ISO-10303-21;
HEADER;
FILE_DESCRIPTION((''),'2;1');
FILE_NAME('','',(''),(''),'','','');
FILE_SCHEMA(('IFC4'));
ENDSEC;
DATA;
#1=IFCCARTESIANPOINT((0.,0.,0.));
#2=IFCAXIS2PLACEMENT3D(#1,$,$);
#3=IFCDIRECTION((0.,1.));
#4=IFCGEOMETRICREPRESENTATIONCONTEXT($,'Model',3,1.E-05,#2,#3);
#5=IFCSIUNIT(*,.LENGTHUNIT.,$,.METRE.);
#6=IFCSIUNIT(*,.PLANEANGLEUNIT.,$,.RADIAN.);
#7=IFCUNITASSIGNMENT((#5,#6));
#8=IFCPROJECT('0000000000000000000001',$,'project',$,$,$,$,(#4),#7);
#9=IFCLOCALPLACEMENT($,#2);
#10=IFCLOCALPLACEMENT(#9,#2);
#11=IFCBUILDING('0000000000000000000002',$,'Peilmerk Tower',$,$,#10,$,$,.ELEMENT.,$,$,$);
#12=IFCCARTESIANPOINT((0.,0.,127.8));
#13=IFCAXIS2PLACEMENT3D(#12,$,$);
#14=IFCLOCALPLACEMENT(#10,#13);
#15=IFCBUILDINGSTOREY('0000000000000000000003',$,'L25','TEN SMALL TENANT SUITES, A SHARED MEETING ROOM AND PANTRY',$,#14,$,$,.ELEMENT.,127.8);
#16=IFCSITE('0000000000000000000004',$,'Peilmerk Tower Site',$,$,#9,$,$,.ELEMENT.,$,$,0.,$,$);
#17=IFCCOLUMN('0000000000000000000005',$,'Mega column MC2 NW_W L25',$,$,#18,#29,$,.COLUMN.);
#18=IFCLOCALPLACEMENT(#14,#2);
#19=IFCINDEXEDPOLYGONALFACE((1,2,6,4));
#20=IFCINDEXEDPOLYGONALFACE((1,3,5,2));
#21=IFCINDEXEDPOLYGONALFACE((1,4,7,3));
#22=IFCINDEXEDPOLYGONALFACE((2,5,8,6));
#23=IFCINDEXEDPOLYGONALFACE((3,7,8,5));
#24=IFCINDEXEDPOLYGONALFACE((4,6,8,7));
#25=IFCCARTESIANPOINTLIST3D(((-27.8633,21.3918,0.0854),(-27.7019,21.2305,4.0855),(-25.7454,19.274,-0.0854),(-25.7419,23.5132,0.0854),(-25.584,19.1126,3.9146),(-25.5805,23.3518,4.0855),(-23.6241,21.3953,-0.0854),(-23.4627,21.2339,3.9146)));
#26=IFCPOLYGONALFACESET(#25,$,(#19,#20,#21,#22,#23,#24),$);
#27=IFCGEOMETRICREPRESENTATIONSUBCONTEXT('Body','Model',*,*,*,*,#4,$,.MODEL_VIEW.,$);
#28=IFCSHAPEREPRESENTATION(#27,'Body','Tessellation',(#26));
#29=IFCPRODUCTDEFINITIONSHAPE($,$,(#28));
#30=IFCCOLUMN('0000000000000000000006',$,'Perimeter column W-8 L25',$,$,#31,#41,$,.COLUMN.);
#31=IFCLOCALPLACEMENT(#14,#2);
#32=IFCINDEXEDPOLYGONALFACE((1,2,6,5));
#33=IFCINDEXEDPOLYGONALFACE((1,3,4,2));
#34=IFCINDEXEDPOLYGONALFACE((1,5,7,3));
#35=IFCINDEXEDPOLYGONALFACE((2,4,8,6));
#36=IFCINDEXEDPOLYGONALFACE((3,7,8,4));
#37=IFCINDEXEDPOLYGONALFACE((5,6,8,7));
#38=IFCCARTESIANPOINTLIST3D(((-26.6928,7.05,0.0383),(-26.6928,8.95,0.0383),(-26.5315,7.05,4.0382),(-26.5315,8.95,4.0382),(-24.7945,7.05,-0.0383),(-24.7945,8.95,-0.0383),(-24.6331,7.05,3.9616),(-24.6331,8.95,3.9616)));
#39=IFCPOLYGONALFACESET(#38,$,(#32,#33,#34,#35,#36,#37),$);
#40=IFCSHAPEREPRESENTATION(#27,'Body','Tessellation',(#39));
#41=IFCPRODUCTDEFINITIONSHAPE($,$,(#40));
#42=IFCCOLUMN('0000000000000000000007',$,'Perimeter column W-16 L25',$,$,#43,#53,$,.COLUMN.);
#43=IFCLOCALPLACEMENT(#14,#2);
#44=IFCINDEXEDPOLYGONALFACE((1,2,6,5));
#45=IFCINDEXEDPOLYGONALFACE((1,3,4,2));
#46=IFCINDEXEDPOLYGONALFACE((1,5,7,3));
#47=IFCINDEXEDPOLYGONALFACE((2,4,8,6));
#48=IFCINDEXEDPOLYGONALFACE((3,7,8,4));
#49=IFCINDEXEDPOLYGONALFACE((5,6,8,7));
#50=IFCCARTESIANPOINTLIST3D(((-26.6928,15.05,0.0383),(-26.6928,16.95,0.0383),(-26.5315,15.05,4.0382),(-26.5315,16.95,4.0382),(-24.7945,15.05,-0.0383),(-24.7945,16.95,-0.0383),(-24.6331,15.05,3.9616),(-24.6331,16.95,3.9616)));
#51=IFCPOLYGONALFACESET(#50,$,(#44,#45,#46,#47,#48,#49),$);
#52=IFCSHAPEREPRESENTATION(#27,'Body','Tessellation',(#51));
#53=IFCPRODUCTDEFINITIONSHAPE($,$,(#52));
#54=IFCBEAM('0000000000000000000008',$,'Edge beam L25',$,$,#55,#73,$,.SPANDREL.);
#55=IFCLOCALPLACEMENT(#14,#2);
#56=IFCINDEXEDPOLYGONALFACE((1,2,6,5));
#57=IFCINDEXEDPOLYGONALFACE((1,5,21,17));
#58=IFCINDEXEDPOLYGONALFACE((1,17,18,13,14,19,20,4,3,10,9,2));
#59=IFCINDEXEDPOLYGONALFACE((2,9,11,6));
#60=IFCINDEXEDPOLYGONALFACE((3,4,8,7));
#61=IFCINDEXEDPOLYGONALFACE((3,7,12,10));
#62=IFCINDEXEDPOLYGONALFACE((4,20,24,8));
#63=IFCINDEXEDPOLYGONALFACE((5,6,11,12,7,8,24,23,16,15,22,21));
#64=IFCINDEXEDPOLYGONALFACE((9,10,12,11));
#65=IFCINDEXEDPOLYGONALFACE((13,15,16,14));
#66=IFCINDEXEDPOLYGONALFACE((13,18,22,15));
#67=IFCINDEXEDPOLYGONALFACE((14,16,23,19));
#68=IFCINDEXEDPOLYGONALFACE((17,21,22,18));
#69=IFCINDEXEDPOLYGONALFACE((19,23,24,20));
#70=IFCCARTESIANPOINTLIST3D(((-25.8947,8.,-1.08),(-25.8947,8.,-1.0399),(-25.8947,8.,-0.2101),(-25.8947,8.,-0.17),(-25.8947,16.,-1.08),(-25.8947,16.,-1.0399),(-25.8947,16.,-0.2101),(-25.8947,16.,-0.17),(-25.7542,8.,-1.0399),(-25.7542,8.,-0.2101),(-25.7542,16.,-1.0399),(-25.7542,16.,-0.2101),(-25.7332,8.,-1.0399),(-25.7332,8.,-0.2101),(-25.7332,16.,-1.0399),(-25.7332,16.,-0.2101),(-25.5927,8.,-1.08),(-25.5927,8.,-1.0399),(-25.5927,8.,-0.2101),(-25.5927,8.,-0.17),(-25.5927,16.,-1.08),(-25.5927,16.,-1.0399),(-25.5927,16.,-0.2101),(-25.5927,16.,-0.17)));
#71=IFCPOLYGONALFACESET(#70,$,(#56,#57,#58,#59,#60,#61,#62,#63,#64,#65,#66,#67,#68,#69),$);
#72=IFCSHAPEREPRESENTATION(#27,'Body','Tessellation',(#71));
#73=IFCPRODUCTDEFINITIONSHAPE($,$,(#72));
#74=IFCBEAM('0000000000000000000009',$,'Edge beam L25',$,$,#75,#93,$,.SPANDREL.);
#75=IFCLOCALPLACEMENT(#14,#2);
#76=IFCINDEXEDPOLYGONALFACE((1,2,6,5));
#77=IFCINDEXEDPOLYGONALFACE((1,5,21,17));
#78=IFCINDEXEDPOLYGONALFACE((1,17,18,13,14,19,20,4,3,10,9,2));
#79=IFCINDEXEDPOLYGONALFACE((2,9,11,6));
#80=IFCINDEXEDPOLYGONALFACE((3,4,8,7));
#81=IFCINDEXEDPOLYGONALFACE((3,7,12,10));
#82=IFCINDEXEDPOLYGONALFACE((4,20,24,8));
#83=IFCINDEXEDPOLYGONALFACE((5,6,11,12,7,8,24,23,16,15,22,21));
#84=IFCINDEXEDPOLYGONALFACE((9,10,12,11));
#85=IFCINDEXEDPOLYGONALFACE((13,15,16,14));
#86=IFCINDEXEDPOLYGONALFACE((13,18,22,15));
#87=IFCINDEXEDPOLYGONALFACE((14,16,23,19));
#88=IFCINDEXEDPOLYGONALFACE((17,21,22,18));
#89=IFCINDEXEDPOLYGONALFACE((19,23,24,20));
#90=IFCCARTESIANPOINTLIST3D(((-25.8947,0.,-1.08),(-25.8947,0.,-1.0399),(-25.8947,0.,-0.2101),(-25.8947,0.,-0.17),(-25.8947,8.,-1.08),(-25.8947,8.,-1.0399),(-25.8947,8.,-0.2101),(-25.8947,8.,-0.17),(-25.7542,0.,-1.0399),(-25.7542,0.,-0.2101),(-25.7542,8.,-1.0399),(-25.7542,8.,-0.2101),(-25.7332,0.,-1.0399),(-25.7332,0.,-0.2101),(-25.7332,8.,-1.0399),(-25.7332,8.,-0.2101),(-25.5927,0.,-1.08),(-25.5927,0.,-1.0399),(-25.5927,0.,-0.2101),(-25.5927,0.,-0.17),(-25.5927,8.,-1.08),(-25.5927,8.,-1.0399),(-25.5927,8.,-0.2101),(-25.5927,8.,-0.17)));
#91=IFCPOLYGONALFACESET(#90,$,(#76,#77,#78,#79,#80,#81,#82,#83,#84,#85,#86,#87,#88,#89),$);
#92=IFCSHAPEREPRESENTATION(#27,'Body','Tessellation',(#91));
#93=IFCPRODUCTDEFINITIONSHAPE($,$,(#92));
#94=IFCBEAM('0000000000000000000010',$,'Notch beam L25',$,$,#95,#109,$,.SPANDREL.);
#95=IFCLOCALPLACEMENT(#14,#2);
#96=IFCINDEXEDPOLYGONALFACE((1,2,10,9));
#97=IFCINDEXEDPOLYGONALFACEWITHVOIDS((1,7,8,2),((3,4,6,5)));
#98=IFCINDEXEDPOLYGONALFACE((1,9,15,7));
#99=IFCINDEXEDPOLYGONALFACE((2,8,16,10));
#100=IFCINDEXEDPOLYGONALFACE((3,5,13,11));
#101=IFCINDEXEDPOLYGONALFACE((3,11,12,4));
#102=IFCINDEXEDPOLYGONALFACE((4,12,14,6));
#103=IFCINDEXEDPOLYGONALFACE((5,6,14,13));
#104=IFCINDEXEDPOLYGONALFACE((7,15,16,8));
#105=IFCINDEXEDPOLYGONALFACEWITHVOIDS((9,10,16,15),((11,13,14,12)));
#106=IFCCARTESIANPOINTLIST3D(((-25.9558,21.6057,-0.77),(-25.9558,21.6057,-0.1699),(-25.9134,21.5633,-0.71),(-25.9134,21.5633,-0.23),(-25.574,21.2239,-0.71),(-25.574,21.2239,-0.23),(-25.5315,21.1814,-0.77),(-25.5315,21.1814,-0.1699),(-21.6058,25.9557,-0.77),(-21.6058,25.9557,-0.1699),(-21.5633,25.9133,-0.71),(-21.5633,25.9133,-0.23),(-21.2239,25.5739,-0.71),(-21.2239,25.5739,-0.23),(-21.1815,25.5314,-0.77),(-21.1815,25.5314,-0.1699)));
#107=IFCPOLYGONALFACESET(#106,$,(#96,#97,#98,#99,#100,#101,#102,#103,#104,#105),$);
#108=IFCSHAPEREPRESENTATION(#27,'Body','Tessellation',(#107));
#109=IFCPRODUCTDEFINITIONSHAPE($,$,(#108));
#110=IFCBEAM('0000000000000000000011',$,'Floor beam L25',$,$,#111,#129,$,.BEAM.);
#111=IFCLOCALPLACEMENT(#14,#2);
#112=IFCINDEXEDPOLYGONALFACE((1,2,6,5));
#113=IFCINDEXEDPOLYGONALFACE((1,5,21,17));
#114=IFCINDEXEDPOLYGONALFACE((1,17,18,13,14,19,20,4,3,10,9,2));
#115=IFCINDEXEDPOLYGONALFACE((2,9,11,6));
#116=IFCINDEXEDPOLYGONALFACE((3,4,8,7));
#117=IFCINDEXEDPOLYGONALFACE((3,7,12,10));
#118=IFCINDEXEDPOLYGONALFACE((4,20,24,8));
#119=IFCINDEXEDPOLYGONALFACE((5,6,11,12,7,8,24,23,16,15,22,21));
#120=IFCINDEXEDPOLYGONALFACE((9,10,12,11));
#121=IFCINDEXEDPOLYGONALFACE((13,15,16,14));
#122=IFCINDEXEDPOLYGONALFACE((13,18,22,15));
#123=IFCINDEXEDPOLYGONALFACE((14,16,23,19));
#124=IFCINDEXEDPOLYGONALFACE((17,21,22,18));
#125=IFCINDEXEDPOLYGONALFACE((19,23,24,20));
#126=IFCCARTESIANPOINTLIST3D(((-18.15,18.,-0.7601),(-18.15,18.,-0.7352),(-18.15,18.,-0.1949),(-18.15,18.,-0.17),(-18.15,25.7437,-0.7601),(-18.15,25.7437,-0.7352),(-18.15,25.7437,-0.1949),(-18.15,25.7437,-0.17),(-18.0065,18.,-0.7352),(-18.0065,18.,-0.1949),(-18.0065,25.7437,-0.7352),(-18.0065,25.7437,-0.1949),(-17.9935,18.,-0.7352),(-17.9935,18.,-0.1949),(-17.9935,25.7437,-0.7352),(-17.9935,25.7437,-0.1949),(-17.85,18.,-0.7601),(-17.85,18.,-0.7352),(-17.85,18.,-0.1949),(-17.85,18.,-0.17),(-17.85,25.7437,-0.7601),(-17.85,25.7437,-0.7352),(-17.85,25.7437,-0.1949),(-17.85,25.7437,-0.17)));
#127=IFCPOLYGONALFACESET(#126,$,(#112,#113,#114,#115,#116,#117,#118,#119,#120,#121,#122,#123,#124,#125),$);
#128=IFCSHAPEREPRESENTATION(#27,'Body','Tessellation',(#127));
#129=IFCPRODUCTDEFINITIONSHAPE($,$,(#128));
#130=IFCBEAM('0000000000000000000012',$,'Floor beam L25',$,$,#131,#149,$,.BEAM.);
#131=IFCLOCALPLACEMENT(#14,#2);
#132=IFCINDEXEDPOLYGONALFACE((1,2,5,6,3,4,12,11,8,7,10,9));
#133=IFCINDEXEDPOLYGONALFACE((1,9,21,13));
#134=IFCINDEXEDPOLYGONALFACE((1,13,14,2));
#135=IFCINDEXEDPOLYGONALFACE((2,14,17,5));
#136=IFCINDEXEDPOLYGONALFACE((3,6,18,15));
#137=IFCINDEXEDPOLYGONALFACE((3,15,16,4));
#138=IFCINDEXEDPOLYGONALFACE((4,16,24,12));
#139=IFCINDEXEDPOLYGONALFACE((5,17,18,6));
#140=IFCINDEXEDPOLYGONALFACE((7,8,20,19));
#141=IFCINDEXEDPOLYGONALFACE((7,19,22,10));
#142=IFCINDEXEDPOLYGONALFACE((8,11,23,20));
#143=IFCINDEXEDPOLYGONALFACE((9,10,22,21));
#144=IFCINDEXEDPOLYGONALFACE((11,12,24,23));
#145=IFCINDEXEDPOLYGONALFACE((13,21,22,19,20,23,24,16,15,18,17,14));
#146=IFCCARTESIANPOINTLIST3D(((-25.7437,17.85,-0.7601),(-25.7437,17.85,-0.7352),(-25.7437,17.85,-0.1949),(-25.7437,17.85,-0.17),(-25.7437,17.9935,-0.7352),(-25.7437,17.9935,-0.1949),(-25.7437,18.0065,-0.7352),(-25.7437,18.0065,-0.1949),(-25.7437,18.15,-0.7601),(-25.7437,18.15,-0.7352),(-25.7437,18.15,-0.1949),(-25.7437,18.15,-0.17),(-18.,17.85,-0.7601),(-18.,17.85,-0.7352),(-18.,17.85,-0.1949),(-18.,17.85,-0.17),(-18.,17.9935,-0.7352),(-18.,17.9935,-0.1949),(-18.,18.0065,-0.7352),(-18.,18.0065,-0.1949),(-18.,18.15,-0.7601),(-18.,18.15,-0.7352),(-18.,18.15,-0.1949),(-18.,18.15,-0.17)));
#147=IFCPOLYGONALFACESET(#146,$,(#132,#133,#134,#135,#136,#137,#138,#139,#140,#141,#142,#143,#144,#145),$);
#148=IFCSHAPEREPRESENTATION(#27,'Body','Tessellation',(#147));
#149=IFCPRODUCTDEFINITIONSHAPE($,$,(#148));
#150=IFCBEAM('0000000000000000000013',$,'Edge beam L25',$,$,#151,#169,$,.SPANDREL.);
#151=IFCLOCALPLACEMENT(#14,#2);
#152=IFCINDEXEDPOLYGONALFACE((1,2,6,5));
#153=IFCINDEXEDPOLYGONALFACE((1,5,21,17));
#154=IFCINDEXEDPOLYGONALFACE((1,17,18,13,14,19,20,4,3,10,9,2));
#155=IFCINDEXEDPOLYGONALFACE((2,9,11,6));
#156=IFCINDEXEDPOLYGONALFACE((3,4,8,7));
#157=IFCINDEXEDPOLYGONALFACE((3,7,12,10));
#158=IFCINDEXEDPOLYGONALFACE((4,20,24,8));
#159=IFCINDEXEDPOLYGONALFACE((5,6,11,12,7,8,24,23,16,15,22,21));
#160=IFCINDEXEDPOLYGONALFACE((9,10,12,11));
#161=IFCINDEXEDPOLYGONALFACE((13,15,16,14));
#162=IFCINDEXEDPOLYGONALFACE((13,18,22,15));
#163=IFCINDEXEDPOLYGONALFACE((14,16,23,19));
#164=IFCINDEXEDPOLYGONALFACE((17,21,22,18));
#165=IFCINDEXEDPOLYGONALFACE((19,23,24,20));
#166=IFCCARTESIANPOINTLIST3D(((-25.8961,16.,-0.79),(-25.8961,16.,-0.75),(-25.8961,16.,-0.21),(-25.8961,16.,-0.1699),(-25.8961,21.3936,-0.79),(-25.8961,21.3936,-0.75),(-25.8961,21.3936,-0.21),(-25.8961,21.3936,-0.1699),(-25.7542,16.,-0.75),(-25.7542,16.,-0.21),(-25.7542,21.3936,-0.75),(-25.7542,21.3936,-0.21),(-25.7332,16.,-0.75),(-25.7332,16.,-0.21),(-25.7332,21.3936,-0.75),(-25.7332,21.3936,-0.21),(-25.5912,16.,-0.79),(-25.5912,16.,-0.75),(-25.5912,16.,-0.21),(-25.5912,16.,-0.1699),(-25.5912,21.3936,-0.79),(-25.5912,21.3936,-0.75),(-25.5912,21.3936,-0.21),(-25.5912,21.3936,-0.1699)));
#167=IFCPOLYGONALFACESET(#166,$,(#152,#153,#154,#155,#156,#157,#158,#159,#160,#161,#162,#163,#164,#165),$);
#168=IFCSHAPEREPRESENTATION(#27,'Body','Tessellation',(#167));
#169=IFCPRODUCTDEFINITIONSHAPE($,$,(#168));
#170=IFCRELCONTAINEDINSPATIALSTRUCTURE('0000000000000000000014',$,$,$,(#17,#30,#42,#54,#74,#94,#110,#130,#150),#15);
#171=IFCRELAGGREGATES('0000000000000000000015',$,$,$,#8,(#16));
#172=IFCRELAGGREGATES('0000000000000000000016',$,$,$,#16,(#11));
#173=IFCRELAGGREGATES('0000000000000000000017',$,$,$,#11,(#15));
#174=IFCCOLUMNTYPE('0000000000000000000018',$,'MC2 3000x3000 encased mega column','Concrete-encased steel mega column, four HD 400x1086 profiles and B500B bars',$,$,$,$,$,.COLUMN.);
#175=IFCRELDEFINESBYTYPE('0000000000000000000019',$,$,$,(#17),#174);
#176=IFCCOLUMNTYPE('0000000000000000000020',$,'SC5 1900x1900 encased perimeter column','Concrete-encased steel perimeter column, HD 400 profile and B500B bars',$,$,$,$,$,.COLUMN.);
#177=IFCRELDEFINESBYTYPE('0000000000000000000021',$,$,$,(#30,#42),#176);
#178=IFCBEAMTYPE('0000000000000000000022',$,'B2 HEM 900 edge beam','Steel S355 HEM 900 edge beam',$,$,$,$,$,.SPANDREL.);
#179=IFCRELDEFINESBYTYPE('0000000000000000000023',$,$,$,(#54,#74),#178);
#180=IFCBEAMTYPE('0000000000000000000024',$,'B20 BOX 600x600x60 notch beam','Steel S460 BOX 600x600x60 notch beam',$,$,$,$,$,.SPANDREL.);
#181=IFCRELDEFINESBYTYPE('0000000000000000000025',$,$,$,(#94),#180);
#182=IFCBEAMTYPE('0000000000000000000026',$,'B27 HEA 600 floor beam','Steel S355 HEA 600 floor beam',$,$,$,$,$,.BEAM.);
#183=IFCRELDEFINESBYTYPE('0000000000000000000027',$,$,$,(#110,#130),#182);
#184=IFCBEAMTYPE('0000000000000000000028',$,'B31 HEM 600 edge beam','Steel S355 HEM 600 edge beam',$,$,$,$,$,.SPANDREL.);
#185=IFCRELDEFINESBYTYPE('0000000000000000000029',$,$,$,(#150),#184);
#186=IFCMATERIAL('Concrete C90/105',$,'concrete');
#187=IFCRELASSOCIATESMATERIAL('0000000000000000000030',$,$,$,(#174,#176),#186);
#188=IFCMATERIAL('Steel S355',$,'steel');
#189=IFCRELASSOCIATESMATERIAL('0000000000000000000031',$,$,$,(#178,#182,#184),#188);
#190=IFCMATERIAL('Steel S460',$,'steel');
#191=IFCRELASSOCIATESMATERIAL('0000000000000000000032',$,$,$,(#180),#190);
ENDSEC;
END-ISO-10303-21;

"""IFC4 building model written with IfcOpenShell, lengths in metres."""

from ifc_helpers import new_model, si_unit, direction, frame, origin, origin_2d, place, context, subcontext, project, spatial, rectangle, hollow_rectangle, i_section, extrude, material, material_profile, profile_set, type_object, element, save


model = new_model("IFC4")

# Units and contexts
model_context = context("Model", 3, precision=1e-05, world=origin(), true_north=direction((0.0, 1.0)))
body_context = subcontext(model_context, "Body", "Model", "MODEL_VIEW")
ifc_project = project(units=[si_unit("LENGTHUNIT", "METRE"), si_unit("PLANEANGLEUNIT", "RADIAN")], contexts=[model_context])

# Site, building, storey
site_placement = place(None, origin())
site = spatial("IfcSite", under=ifc_project, at=site_placement, Name="Peilmerk Tower Site", CompositionType="ELEMENT", RefElevation=0.0)
building_placement = place(site_placement, origin())
building = spatial("IfcBuilding", under=site, at=building_placement, Name="Peilmerk Tower", CompositionType="ELEMENT")
storey_placement = place(building_placement, frame((0.0, 0.0, 127.8)))
storey = spatial("IfcBuildingStorey", under=building, at=storey_placement, Name="L25", Description="TEN SMALL TENANT SUITES, A SHARED MEETING ROOM AND PANTRY", CompositionType="ELEMENT", Elevation=127.8)

# Columns
ifc_material_1 = material(Name="Concrete C90/105", Category="concrete")
ifc_material_profile_1 = material_profile(ifc_material_1, rectangle(XDim=3.0, YDim=3.0, at=origin_2d()), Name="RC 3000x3000")
ifc_profile_set_1 = profile_set([ifc_material_profile_1], Name="Concrete C90/105")
column_type_1 = type_object("IfcColumnType", Name="MC2 3000x3000 encased mega column", Description="Concrete-encased steel mega column, four HD 400x1086 profiles and B500B bars", PredefinedType="COLUMN", material=ifc_profile_set_1)
column_placement = place(storey_placement, frame((-25.7437, 21.3936, 0.0), z_axis=(0.040279, -0.040279, 0.998376), x_axis=(0.707107, 0.707107, 0.0)))
element("IfcColumn", 1, at=column_placement, inside=storey, type_object=column_type_1, Name="Mega column MC2 NW_W L25", PredefinedType="COLUMN", context=body_context, shape_type="SweptSolid", body=[
    extrude(rectangle(XDim=3.0, YDim=3.0, at=origin_2d()), origin(), (0.0, 0.0, 1.0), 4.0066),
])
ifc_material_profile_2 = material_profile(ifc_material_1, rectangle(XDim=1.8999, YDim=1.8999, at=origin_2d()), Name="RC 1900x1900")
ifc_profile_set_2 = profile_set([ifc_material_profile_2], Name="Concrete C90/105")
column_type_2 = type_object("IfcColumnType", Name="SC5 1900x1900 encased perimeter column", Description="Concrete-encased steel perimeter column, HD 400 profile and B500B bars", PredefinedType="COLUMN", material=ifc_profile_set_2)
for number, where, z_axis, x_axis, name in (
    (2, (-25.7437, 8.0, 0.0), (0.040311, 0.0, 0.999187), (0.0, 1.0, 0.0), "Perimeter column W-8 L25"),
    (3, (-25.7437, 16.0, 0.0), (0.040311, 0.0, 0.999187), (0.0, 1.0, 0.0), "Perimeter column W-16 L25"),
):
    element("IfcColumn", number, at=place(storey_placement, frame(where, z_axis=z_axis, x_axis=x_axis)), inside=storey, type_object=column_type_2, Name=name, PredefinedType="COLUMN", context=body_context, shape_type="SweptSolid", body=[
        extrude(rectangle(XDim=1.8999, YDim=1.8999, at=origin_2d()), origin(), (0.0, 0.0, 1.0), 4.0032),
    ])

# Beams
ifc_material_2 = material(Name="Steel S355", Category="steel")
ifc_material_profile_3 = material_profile(ifc_material_2, i_section(OverallWidth=0.302, OverallDepth=0.9099, WebThickness=0.021, FlangeThickness=0.04, at=origin_2d()), Name="HEM 900")
ifc_profile_set_3 = profile_set([ifc_material_profile_3], Name="Steel S355")
beam_type_1 = type_object("IfcBeamType", Name="B2 HEM 900 edge beam", Description="Steel S355 HEM 900 edge beam", PredefinedType="SPANDREL", material=ifc_profile_set_3)
for number, where, z_axis, x_axis, name in (
    (4, (-25.7437, 16.0, -0.625), (0.0, -1.0, 0.0), (1.0, 0.0, 0.0), "Edge beam L25"),
    (5, (-25.7437, 8.0, -0.625), (0.0, -1.0, 0.0), (1.0, 0.0, 0.0), "Edge beam L25"),
):
    element("IfcBeam", number, at=place(storey_placement, frame(where, z_axis=z_axis, x_axis=x_axis)), inside=storey, type_object=beam_type_1, Name=name, PredefinedType="SPANDREL", context=body_context, shape_type="SweptSolid", body=[
        extrude(i_section(OverallWidth=0.302, OverallDepth=0.9099, WebThickness=0.021, FlangeThickness=0.04, at=origin_2d()), origin(), (0.0, 0.0, 1.0), 8.0),
    ])
ifc_material_3 = material(Name="Steel S460", Category="steel")
ifc_material_profile_4 = material_profile(ifc_material_3, hollow_rectangle(XDim=0.6001, YDim=0.6001, WallThickness=0.0601, at=origin_2d()), Name="BOX 600x600x60")
ifc_profile_set_4 = profile_set([ifc_material_profile_4], Name="Steel S460")
beam_type_2 = type_object("IfcBeamType", Name="B20 BOX 600x600x60 notch beam", Description="Steel S460 BOX 600x600x60 notch beam", PredefinedType="SPANDREL", material=ifc_profile_set_4)
beam_1_placement = place(storey_placement, frame((-25.7437, 21.3936, -0.47), z_axis=(0.707107, 0.707107, 0.0), x_axis=(-0.707107, 0.707107, 0.0)))
element("IfcBeam", 6, at=beam_1_placement, inside=storey, type_object=beam_type_2, Name="Notch beam L25", PredefinedType="SPANDREL", context=body_context, shape_type="SweptSolid", body=[
    extrude(hollow_rectangle(XDim=0.6001, YDim=0.6001, WallThickness=0.0601, at=origin_2d()), origin(), (0.0, 0.0, 1.0), 6.1519),
])
ifc_material_profile_5 = material_profile(ifc_material_2, i_section(OverallWidth=0.3, OverallDepth=0.5901, WebThickness=0.0129, FlangeThickness=0.0249, at=origin_2d()), Name="HEA 600")
ifc_profile_set_5 = profile_set([ifc_material_profile_5], Name="Steel S355")
beam_type_3 = type_object("IfcBeamType", Name="B27 HEA 600 floor beam", Description="Steel S355 HEA 600 floor beam", PredefinedType="BEAM", material=ifc_profile_set_5)
for number, where, z_axis, x_axis, name in (
    (7, (-18.0, 18.0, -0.4651), (0.0, 1.0, 0.0), (-1.0, 0.0, 0.0), "Floor beam L25"),
    (8, (-18.0, 18.0, -0.4651), (-1.0, 0.0, 0.0), (0.0, -1.0, 0.0), "Floor beam L25"),
):
    element("IfcBeam", number, at=place(storey_placement, frame(where, z_axis=z_axis, x_axis=x_axis)), inside=storey, type_object=beam_type_3, Name=name, PredefinedType="BEAM", context=body_context, shape_type="SweptSolid", body=[
        extrude(i_section(OverallWidth=0.3, OverallDepth=0.5901, WebThickness=0.0129, FlangeThickness=0.0249, at=origin_2d()), origin(), (0.0, 0.0, 1.0), 7.7437),
    ])
ifc_material_profile_6 = material_profile(ifc_material_2, i_section(OverallWidth=0.3049, OverallDepth=0.6201, WebThickness=0.021, FlangeThickness=0.04, at=origin_2d()), Name="HEM 600")
ifc_profile_set_6 = profile_set([ifc_material_profile_6], Name="Steel S355")
beam_type_4 = type_object("IfcBeamType", Name="B31 HEM 600 edge beam", Description="Steel S355 HEM 600 edge beam", PredefinedType="SPANDREL", material=ifc_profile_set_6)
beam_2_placement = place(storey_placement, frame((-25.7437, 21.3936, -0.48), z_axis=(0.0, -1.0, 0.0), x_axis=(1.0, 0.0, 0.0)))
element("IfcBeam", 9, at=beam_2_placement, inside=storey, type_object=beam_type_4, Name="Edge beam L25", PredefinedType="SPANDREL", context=body_context, shape_type="SweptSolid", body=[
    extrude(i_section(OverallWidth=0.3049, OverallDepth=0.6201, WebThickness=0.021, FlangeThickness=0.04, at=origin_2d()), origin(), (0.0, 0.0, 1.0), 5.3936),
])

save(model, "model.ifc")
